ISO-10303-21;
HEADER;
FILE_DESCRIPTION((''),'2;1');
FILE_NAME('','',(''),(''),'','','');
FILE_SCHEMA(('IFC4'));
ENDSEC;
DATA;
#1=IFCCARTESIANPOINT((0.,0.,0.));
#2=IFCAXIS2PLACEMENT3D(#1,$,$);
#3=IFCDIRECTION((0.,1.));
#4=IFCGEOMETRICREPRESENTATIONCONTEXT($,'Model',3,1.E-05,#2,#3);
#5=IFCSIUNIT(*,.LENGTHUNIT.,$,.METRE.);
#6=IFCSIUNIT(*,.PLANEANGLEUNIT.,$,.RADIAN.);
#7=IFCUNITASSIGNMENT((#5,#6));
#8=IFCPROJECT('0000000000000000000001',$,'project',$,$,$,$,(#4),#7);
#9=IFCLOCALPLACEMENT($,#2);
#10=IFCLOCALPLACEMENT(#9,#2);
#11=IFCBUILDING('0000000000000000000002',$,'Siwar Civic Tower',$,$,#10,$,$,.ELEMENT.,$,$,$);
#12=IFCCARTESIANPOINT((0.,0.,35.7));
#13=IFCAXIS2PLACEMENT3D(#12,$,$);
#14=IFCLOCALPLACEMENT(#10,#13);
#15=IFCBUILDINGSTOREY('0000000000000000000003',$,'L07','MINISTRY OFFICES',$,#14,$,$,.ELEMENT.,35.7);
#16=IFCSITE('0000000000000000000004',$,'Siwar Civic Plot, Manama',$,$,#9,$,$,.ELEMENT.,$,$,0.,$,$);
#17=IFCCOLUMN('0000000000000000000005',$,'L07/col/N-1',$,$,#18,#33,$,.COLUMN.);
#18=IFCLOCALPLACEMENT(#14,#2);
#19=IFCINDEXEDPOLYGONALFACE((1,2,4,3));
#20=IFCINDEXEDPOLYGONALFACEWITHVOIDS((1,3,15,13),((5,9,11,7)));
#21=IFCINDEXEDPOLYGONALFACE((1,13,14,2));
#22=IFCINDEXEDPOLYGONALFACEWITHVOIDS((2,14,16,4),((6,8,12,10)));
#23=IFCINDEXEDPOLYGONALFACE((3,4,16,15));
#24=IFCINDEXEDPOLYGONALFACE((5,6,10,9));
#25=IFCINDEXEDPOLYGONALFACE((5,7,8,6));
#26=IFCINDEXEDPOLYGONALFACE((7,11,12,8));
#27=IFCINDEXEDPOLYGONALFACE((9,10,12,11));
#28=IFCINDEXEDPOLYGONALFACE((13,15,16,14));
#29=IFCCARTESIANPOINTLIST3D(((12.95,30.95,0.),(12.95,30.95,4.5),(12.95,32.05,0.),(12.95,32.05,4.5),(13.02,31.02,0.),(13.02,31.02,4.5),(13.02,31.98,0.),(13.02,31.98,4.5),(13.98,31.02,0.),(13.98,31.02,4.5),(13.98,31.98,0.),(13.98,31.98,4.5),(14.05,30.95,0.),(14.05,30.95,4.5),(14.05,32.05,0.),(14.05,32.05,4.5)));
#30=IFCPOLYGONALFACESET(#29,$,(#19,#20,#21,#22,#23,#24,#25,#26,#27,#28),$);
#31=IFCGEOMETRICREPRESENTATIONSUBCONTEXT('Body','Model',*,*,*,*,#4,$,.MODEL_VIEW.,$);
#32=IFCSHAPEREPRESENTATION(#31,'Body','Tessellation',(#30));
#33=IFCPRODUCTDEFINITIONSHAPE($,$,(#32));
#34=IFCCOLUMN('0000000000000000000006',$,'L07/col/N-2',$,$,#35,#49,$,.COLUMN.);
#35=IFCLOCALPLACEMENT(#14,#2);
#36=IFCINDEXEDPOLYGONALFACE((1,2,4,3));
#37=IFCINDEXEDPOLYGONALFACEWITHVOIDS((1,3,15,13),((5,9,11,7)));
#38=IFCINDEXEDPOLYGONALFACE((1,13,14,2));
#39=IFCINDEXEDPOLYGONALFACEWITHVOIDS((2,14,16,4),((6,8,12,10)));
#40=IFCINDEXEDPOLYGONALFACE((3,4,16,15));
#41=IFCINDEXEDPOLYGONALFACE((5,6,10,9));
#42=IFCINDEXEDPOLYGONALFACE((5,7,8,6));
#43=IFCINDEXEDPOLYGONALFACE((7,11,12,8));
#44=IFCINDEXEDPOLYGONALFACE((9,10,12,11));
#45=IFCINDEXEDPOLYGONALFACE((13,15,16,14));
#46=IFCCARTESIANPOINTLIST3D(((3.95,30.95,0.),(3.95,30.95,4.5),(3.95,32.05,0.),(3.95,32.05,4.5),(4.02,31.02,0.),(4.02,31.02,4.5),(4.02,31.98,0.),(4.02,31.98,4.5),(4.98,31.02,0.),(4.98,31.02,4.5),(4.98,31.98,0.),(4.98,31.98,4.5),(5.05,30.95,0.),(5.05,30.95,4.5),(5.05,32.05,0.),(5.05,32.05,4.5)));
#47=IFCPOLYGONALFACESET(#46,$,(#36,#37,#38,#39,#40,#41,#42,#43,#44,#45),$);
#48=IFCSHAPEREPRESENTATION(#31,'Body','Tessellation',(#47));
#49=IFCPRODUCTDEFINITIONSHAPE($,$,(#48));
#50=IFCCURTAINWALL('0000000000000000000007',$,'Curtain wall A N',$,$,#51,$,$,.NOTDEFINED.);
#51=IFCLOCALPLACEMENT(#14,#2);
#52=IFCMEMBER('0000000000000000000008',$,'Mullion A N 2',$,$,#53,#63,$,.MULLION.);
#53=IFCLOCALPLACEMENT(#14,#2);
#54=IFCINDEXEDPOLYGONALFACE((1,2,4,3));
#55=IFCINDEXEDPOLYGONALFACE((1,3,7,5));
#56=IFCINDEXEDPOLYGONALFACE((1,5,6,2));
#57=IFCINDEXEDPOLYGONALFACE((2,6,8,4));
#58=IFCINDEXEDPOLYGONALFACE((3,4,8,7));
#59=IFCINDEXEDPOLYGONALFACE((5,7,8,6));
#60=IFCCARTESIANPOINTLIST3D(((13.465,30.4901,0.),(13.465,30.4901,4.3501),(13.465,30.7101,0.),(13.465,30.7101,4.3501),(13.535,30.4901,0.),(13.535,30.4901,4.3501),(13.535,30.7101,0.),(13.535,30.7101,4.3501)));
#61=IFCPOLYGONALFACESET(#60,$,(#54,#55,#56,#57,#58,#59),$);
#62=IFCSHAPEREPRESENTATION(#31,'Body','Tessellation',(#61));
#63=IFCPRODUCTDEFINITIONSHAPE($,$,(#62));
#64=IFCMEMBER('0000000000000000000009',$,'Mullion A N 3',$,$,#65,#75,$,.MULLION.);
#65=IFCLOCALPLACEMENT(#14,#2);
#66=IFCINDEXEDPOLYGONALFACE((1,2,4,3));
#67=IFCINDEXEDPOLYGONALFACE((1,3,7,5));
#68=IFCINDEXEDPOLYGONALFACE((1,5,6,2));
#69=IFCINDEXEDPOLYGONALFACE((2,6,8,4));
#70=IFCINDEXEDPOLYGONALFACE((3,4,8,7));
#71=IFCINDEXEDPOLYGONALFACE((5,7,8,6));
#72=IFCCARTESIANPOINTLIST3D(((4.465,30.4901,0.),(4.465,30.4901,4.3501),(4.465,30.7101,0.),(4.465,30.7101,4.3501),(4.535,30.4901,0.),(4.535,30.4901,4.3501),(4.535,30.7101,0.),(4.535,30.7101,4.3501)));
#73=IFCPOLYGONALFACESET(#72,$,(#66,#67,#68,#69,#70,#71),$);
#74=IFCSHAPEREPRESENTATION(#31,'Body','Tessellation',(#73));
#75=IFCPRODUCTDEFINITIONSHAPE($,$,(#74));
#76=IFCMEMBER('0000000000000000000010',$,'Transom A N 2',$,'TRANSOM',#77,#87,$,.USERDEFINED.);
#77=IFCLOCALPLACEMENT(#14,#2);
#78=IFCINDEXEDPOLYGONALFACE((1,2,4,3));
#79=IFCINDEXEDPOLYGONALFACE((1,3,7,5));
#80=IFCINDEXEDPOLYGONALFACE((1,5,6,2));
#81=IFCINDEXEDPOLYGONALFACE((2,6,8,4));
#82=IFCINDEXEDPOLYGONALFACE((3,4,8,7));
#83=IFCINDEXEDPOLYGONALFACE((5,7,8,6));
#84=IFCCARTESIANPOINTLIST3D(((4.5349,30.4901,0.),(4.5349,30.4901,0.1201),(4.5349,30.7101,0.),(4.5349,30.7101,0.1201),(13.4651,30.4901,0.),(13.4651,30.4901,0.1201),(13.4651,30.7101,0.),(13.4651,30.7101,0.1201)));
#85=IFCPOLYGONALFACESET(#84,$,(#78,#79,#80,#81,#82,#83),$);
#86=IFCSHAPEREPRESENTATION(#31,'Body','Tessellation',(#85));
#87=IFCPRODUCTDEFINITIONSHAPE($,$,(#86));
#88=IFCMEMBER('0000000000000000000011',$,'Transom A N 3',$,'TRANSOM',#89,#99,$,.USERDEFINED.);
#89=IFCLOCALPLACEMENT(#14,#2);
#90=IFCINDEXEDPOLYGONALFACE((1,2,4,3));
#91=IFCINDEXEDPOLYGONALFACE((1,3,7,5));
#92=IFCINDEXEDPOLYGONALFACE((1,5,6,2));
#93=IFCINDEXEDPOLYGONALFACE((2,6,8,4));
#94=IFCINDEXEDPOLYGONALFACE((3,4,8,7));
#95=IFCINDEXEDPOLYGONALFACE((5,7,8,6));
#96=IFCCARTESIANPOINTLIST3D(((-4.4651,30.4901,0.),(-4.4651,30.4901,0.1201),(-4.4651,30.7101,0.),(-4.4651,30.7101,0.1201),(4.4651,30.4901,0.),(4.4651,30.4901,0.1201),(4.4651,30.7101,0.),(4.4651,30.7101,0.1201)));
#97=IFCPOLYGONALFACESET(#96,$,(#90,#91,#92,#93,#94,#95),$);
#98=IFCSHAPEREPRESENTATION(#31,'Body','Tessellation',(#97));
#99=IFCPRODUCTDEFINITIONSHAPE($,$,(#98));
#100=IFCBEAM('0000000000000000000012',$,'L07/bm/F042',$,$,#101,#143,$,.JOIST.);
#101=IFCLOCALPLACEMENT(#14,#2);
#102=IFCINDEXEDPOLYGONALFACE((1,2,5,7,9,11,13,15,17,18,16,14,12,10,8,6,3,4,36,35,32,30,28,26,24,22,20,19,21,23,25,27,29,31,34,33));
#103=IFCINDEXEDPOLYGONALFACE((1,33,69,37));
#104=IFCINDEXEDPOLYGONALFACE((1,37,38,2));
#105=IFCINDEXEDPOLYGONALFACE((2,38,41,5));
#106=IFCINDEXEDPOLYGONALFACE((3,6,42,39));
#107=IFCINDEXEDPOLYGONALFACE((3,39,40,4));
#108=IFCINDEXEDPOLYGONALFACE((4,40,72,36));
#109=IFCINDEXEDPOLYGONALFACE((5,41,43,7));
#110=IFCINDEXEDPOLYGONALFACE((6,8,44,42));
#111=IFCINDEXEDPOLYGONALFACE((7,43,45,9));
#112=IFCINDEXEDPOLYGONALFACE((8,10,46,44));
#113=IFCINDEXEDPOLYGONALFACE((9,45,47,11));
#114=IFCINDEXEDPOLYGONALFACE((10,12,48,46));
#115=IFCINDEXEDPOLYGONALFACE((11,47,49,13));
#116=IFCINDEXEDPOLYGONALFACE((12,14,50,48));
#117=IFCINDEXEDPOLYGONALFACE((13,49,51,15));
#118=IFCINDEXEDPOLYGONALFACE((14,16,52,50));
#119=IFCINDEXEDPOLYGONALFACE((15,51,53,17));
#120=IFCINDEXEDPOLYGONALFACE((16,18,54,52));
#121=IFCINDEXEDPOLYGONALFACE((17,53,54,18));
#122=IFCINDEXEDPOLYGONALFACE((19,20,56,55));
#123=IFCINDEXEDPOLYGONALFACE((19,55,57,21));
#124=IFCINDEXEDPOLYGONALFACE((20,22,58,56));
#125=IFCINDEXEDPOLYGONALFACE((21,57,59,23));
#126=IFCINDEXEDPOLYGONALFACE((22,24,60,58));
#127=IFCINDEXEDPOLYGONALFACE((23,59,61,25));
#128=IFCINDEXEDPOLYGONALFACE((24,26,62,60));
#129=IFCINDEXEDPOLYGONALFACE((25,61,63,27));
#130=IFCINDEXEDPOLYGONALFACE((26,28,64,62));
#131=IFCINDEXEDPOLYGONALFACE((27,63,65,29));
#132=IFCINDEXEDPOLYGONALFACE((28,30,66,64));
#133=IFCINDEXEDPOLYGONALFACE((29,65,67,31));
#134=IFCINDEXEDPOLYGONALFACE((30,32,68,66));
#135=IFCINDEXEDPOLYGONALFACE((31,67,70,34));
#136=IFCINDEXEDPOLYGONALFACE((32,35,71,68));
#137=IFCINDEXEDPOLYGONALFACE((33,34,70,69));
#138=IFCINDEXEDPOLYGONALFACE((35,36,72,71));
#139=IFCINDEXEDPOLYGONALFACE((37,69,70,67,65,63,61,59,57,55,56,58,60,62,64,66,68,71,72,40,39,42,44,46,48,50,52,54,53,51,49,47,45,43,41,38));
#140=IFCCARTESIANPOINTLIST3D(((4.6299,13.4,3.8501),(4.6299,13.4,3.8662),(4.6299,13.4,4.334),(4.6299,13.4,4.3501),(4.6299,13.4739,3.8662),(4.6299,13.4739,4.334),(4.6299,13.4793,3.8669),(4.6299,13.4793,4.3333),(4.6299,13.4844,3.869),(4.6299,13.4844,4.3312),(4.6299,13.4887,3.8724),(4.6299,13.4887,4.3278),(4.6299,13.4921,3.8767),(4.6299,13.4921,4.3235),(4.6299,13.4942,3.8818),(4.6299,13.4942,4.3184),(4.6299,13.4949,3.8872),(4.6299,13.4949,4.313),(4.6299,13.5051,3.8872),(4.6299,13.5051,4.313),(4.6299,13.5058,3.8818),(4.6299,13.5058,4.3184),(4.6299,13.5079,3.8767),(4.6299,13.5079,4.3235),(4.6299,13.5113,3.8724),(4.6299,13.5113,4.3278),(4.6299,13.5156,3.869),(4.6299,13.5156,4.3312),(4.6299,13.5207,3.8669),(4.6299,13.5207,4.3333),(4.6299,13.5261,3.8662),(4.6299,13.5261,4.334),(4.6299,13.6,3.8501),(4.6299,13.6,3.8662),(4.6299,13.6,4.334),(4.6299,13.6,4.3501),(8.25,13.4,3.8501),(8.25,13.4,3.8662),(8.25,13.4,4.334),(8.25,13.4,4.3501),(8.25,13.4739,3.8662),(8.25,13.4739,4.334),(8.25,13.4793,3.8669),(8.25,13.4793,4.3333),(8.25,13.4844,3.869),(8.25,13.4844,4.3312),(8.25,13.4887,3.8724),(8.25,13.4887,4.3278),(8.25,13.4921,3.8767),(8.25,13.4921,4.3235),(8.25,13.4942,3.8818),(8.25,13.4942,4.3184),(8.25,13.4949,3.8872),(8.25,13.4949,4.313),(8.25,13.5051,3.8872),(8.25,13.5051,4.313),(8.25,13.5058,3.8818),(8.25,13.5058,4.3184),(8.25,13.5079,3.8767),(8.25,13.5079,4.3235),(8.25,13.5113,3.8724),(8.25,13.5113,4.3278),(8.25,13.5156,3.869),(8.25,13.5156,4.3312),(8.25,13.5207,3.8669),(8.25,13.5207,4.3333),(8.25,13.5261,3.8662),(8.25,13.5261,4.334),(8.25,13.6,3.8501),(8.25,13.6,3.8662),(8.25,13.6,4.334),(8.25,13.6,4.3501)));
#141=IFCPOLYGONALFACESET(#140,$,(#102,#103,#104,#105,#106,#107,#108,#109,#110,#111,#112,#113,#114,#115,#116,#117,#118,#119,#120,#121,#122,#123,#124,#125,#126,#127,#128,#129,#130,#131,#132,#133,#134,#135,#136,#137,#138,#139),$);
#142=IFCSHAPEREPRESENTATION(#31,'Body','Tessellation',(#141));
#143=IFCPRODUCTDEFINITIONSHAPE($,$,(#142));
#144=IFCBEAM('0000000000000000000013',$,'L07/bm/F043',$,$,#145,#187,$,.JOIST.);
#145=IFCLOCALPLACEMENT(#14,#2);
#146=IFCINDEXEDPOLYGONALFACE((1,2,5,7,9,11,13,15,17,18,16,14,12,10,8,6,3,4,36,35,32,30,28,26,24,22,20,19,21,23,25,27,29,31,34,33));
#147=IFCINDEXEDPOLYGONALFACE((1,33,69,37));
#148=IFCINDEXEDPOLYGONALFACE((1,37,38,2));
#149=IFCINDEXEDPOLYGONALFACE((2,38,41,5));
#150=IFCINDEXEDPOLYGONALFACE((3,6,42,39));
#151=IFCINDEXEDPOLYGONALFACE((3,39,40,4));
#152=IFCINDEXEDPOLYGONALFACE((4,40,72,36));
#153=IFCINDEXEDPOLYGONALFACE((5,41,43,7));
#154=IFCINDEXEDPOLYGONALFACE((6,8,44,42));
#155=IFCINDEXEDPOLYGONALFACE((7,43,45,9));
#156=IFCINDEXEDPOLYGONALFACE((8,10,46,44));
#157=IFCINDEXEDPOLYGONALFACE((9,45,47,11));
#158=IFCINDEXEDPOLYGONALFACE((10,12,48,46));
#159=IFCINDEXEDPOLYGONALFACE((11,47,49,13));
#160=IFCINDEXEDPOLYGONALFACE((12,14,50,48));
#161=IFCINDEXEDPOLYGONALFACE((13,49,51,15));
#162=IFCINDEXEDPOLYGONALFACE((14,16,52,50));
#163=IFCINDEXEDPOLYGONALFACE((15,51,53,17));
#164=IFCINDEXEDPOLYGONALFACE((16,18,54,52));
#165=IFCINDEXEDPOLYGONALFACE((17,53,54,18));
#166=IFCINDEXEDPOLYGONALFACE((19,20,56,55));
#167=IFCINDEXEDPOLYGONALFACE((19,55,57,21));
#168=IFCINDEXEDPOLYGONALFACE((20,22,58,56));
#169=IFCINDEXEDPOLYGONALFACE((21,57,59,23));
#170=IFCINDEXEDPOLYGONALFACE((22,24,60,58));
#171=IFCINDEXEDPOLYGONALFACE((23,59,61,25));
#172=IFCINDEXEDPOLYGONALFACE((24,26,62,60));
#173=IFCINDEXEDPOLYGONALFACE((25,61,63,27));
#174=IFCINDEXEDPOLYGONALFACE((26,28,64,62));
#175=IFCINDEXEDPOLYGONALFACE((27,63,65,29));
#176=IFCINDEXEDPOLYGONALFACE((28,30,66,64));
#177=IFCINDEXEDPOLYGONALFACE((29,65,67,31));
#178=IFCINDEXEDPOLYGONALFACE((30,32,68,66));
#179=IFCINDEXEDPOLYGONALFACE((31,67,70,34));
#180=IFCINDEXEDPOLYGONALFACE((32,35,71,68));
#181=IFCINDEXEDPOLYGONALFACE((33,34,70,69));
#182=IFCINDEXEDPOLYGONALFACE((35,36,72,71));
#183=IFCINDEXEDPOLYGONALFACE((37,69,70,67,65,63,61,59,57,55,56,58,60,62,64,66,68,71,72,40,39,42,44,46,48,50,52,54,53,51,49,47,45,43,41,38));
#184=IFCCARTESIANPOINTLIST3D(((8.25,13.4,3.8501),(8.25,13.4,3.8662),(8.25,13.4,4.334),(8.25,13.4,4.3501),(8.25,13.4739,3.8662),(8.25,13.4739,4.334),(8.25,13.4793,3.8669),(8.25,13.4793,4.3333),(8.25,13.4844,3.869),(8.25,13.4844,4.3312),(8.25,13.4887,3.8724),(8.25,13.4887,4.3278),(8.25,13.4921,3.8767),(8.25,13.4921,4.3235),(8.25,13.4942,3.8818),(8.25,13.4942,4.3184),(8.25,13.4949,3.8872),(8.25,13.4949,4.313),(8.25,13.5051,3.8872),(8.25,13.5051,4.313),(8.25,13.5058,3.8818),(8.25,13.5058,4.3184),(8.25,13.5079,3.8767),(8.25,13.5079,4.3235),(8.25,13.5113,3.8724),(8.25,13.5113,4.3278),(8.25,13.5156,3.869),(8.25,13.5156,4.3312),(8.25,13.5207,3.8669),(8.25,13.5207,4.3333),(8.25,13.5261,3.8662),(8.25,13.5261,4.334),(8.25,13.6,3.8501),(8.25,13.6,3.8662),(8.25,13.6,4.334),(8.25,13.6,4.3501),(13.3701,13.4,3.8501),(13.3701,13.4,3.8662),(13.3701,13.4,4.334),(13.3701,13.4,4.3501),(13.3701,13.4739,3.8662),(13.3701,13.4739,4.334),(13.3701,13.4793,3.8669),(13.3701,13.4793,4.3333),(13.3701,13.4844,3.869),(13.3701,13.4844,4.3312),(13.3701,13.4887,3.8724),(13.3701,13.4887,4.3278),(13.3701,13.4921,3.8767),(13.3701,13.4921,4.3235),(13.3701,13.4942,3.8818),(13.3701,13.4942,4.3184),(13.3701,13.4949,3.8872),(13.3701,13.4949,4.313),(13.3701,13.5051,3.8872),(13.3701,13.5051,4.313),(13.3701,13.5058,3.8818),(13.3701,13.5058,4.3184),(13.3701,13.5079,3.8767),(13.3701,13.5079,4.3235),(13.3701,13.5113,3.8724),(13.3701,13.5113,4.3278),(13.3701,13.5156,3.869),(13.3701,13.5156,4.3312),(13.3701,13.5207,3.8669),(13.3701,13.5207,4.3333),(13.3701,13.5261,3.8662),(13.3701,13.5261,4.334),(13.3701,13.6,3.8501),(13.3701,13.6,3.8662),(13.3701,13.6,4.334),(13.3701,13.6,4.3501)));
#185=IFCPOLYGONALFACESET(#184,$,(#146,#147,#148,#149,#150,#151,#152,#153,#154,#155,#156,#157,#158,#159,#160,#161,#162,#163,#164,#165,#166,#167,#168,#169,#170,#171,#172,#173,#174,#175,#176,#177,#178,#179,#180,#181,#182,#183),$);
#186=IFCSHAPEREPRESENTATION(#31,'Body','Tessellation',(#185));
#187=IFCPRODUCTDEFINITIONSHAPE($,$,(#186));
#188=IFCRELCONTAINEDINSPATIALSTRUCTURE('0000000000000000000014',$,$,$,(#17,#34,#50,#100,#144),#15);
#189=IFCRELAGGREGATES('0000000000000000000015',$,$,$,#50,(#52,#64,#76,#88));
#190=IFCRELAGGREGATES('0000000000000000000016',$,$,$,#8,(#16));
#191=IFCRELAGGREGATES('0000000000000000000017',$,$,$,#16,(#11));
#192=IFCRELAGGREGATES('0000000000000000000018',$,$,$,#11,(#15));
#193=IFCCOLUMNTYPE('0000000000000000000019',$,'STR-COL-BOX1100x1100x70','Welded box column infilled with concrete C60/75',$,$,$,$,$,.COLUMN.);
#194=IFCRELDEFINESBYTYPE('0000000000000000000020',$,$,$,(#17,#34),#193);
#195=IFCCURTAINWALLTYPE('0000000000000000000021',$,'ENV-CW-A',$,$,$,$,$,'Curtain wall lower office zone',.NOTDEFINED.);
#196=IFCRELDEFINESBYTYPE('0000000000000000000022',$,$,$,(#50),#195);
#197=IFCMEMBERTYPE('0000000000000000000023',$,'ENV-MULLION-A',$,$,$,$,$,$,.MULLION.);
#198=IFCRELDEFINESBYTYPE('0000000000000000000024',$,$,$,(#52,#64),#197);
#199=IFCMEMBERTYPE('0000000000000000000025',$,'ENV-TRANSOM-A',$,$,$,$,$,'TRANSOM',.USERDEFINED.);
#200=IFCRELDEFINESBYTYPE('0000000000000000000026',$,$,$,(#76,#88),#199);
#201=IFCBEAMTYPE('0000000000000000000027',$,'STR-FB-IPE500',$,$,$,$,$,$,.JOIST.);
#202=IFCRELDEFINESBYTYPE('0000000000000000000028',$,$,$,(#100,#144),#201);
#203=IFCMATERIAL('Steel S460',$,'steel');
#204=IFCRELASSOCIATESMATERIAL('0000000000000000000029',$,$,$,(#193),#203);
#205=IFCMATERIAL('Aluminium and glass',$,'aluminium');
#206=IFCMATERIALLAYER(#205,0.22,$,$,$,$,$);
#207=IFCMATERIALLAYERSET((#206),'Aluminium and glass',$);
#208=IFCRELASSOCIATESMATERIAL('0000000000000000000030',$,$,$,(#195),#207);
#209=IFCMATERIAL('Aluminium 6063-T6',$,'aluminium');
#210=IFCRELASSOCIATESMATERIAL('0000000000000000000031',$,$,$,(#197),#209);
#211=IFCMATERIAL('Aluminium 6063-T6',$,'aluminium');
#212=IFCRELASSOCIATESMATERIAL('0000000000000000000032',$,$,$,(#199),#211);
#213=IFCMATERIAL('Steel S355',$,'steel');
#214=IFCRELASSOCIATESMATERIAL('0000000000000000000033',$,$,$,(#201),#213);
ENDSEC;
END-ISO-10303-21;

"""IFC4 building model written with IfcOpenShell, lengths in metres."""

from ifc_helpers import new_model, si_unit, direction, frame, origin, origin_2d, place, context, subcontext, project, spatial, rectangle, hollow_rectangle, i_section, extrude, material, layer, layer_set, material_profile, profile_set, type_object, element, aggregate, save


model = new_model("IFC4")

# Units and contexts
model_context = context("Model", 3, precision=1e-05, world=origin(), true_north=direction((0.0, 1.0)))
body_context = subcontext(model_context, "Body", "Model", "MODEL_VIEW")
ifc_project = project(units=[si_unit("LENGTHUNIT", "METRE"), si_unit("PLANEANGLEUNIT", "RADIAN")], contexts=[model_context])

# Site, building, storey
site_placement = place(None, origin())
site = spatial("IfcSite", under=ifc_project, at=site_placement, Name="Siwar Civic Plot, Manama", CompositionType="ELEMENT", RefElevation=0.0)
building_placement = place(site_placement, origin())
building = spatial("IfcBuilding", under=site, at=building_placement, Name="Siwar Civic Tower", CompositionType="ELEMENT")
storey_placement = place(building_placement, frame((0.0, 0.0, 35.7)))
storey = spatial("IfcBuildingStorey", under=building, at=storey_placement, Name="L07", Description="MINISTRY OFFICES", CompositionType="ELEMENT", Elevation=35.7)

# Columns
ifc_material_1 = material(Name="Steel S460", Category="steel")
ifc_material_profile_1 = material_profile(ifc_material_1, hollow_rectangle(XDim=1.1001, YDim=1.1001, WallThickness=0.0701, at=origin_2d()), Name="BOX1100x1100x70")
ifc_profile_set_1 = profile_set([ifc_material_profile_1], Name="Steel S460")
column_type = type_object("IfcColumnType", Name="STR-COL-BOX1100x1100x70", Description="Welded box column infilled with concrete C60/75", PredefinedType="COLUMN", material=ifc_profile_set_1)
for number, where, z_axis, x_axis, name in (
    (1, (13.5, 31.5, 0.0), (0.0, 0.0, 1.0), (1.0, 0.0, 0.0), "L07/col/N-1"),
    (2, (4.5, 31.5, 0.0), (0.0, 0.0, 1.0), (1.0, 0.0, 0.0), "L07/col/N-2"),
):
    element("IfcColumn", number, at=place(storey_placement, frame(where, z_axis=z_axis, x_axis=x_axis)), inside=storey, type_object=column_type, Name=name, PredefinedType="COLUMN", context=body_context, shape_type="SweptSolid", body=[
        extrude(hollow_rectangle(XDim=1.1001, YDim=1.1001, WallThickness=0.0701, at=origin_2d()), origin(), (0.0, 0.0, 1.0), 4.5),
    ])

# Curtain wall, members
ifc_material_2 = material(Name="Aluminium and glass", Category="aluminium")
ifc_layer_1 = layer(ifc_material_2, 0.22)
ifc_layer_set_1 = layer_set([ifc_layer_1], Name="Aluminium and glass")
curtain_wall_type = type_object("IfcCurtainWallType", Name="ENV-CW-A", ElementType="Curtain wall lower office zone", PredefinedType="NOTDEFINED", material=ifc_layer_set_1)
curtain_wall_placement = place(storey_placement, origin())
curtain_wall = element("IfcCurtainWall", 3, at=curtain_wall_placement, inside=storey, type_object=curtain_wall_type, Name="Curtain wall A N", PredefinedType="NOTDEFINED")
ifc_material_3 = material(Name="Aluminium 6063-T6", Category="aluminium")
ifc_material_profile_2 = material_profile(ifc_material_3, rectangle(XDim=0.22, YDim=0.0701, at=origin_2d()), Name="AL 220x70")
ifc_profile_set_2 = profile_set([ifc_material_profile_2], Name="Aluminium 6063-T6")
member_type_1 = type_object("IfcMemberType", Name="ENV-MULLION-A", PredefinedType="MULLION", material=ifc_profile_set_2)
member_1_placement = place(storey_placement, frame((13.5, 30.6001, 0.0), z_axis=(0.0, 0.0, 1.0), x_axis=(0.0, -1.0, 0.0)))
member_1 = element("IfcMember", 4, at=member_1_placement, type_object=member_type_1, Name="Mullion A N 2", PredefinedType="MULLION", context=body_context, shape_type="SweptSolid", body=[
    extrude(rectangle(XDim=0.22, YDim=0.0701, at=origin_2d()), origin(), (0.0, 0.0, 1.0), 4.3501),
])
member_2_placement = place(storey_placement, frame((4.5, 30.6001, 0.0), z_axis=(0.0, 0.0, 1.0), x_axis=(0.0, -1.0, 0.0)))
member_2 = element("IfcMember", 5, at=member_2_placement, type_object=member_type_1, Name="Mullion A N 3", PredefinedType="MULLION", context=body_context, shape_type="SweptSolid", body=[
    extrude(rectangle(XDim=0.22, YDim=0.0701, at=origin_2d()), origin(), (0.0, 0.0, 1.0), 4.3501),
])
ifc_material_4 = material(Name="Aluminium 6063-T6", Category="aluminium")
ifc_material_profile_3 = material_profile(ifc_material_4, rectangle(XDim=0.22, YDim=0.1201, at=origin_2d()), Name="AL 220x120")
ifc_profile_set_3 = profile_set([ifc_material_profile_3], Name="Aluminium 6063-T6")
member_type_2 = type_object("IfcMemberType", Name="ENV-TRANSOM-A", ElementType="TRANSOM", PredefinedType="USERDEFINED", material=ifc_profile_set_3)
member_3_placement = place(storey_placement, frame((13.4651, 30.6001, 0.0601), z_axis=(-1.0, 0.0, 0.0), x_axis=(0.0, -1.0, 0.0)))
member_3 = element("IfcMember", 6, at=member_3_placement, type_object=member_type_2, Name="Transom A N 2", ObjectType="TRANSOM", PredefinedType="USERDEFINED", context=body_context, shape_type="SweptSolid", body=[
    extrude(rectangle(XDim=0.22, YDim=0.1201, at=origin_2d()), origin(), (0.0, 0.0, 1.0), 8.9302),
])
member_4_placement = place(storey_placement, frame((4.4651, 30.6001, 0.0601), z_axis=(-1.0, 0.0, 0.0), x_axis=(0.0, -1.0, 0.0)))
member_4 = element("IfcMember", 7, at=member_4_placement, type_object=member_type_2, Name="Transom A N 3", ObjectType="TRANSOM", PredefinedType="USERDEFINED", context=body_context, shape_type="SweptSolid", body=[
    extrude(rectangle(XDim=0.22, YDim=0.1201, at=origin_2d()), origin(), (0.0, 0.0, 1.0), 8.9302),
])

# Beams
ifc_material_5 = material(Name="Steel S355", Category="steel")
ifc_material_profile_4 = material_profile(ifc_material_5, i_section(OverallWidth=0.2, OverallDepth=0.5, WebThickness=0.0103, FlangeThickness=0.0161, FilletRadius=0.021, at=origin_2d()), Name="IPE500")
ifc_profile_set_4 = profile_set([ifc_material_profile_4], Name="Steel S355")
beam_type_1 = type_object("IfcBeamType", Name="STR-FB-IPE500", PredefinedType="JOIST", material=ifc_profile_set_4)
beam_1_placement = place(storey_placement, frame((4.6299, 13.5, 4.1001), z_axis=(1.0, 0.0, 0.0), x_axis=(0.0, 1.0, 0.0)))
element("IfcBeam", 8, at=beam_1_placement, inside=storey, type_object=beam_type_1, Name="L07/bm/F042", PredefinedType="JOIST", context=body_context, shape_type="SweptSolid", body=[
    extrude(i_section(OverallWidth=0.2, OverallDepth=0.5, WebThickness=0.0103, FlangeThickness=0.0161, FilletRadius=0.021, at=origin_2d()), origin(), (0.0, 0.0, 1.0), 3.6201),
])
beam_2_placement = place(storey_placement, frame((8.25, 13.5, 4.1001), z_axis=(1.0, 0.0, 0.0), x_axis=(0.0, 1.0, 0.0)))
element("IfcBeam", 9, at=beam_2_placement, inside=storey, type_object=beam_type_1, Name="L07/bm/F043", PredefinedType="JOIST", context=body_context, shape_type="SweptSolid", body=[
    extrude(i_section(OverallWidth=0.2, OverallDepth=0.5, WebThickness=0.0103, FlangeThickness=0.0161, FilletRadius=0.021, at=origin_2d()), origin(), (0.0, 0.0, 1.0), 5.1201),
])

aggregate(curtain_wall, [member_1, member_2, member_3, member_4])

save(model, "model.ifc")
